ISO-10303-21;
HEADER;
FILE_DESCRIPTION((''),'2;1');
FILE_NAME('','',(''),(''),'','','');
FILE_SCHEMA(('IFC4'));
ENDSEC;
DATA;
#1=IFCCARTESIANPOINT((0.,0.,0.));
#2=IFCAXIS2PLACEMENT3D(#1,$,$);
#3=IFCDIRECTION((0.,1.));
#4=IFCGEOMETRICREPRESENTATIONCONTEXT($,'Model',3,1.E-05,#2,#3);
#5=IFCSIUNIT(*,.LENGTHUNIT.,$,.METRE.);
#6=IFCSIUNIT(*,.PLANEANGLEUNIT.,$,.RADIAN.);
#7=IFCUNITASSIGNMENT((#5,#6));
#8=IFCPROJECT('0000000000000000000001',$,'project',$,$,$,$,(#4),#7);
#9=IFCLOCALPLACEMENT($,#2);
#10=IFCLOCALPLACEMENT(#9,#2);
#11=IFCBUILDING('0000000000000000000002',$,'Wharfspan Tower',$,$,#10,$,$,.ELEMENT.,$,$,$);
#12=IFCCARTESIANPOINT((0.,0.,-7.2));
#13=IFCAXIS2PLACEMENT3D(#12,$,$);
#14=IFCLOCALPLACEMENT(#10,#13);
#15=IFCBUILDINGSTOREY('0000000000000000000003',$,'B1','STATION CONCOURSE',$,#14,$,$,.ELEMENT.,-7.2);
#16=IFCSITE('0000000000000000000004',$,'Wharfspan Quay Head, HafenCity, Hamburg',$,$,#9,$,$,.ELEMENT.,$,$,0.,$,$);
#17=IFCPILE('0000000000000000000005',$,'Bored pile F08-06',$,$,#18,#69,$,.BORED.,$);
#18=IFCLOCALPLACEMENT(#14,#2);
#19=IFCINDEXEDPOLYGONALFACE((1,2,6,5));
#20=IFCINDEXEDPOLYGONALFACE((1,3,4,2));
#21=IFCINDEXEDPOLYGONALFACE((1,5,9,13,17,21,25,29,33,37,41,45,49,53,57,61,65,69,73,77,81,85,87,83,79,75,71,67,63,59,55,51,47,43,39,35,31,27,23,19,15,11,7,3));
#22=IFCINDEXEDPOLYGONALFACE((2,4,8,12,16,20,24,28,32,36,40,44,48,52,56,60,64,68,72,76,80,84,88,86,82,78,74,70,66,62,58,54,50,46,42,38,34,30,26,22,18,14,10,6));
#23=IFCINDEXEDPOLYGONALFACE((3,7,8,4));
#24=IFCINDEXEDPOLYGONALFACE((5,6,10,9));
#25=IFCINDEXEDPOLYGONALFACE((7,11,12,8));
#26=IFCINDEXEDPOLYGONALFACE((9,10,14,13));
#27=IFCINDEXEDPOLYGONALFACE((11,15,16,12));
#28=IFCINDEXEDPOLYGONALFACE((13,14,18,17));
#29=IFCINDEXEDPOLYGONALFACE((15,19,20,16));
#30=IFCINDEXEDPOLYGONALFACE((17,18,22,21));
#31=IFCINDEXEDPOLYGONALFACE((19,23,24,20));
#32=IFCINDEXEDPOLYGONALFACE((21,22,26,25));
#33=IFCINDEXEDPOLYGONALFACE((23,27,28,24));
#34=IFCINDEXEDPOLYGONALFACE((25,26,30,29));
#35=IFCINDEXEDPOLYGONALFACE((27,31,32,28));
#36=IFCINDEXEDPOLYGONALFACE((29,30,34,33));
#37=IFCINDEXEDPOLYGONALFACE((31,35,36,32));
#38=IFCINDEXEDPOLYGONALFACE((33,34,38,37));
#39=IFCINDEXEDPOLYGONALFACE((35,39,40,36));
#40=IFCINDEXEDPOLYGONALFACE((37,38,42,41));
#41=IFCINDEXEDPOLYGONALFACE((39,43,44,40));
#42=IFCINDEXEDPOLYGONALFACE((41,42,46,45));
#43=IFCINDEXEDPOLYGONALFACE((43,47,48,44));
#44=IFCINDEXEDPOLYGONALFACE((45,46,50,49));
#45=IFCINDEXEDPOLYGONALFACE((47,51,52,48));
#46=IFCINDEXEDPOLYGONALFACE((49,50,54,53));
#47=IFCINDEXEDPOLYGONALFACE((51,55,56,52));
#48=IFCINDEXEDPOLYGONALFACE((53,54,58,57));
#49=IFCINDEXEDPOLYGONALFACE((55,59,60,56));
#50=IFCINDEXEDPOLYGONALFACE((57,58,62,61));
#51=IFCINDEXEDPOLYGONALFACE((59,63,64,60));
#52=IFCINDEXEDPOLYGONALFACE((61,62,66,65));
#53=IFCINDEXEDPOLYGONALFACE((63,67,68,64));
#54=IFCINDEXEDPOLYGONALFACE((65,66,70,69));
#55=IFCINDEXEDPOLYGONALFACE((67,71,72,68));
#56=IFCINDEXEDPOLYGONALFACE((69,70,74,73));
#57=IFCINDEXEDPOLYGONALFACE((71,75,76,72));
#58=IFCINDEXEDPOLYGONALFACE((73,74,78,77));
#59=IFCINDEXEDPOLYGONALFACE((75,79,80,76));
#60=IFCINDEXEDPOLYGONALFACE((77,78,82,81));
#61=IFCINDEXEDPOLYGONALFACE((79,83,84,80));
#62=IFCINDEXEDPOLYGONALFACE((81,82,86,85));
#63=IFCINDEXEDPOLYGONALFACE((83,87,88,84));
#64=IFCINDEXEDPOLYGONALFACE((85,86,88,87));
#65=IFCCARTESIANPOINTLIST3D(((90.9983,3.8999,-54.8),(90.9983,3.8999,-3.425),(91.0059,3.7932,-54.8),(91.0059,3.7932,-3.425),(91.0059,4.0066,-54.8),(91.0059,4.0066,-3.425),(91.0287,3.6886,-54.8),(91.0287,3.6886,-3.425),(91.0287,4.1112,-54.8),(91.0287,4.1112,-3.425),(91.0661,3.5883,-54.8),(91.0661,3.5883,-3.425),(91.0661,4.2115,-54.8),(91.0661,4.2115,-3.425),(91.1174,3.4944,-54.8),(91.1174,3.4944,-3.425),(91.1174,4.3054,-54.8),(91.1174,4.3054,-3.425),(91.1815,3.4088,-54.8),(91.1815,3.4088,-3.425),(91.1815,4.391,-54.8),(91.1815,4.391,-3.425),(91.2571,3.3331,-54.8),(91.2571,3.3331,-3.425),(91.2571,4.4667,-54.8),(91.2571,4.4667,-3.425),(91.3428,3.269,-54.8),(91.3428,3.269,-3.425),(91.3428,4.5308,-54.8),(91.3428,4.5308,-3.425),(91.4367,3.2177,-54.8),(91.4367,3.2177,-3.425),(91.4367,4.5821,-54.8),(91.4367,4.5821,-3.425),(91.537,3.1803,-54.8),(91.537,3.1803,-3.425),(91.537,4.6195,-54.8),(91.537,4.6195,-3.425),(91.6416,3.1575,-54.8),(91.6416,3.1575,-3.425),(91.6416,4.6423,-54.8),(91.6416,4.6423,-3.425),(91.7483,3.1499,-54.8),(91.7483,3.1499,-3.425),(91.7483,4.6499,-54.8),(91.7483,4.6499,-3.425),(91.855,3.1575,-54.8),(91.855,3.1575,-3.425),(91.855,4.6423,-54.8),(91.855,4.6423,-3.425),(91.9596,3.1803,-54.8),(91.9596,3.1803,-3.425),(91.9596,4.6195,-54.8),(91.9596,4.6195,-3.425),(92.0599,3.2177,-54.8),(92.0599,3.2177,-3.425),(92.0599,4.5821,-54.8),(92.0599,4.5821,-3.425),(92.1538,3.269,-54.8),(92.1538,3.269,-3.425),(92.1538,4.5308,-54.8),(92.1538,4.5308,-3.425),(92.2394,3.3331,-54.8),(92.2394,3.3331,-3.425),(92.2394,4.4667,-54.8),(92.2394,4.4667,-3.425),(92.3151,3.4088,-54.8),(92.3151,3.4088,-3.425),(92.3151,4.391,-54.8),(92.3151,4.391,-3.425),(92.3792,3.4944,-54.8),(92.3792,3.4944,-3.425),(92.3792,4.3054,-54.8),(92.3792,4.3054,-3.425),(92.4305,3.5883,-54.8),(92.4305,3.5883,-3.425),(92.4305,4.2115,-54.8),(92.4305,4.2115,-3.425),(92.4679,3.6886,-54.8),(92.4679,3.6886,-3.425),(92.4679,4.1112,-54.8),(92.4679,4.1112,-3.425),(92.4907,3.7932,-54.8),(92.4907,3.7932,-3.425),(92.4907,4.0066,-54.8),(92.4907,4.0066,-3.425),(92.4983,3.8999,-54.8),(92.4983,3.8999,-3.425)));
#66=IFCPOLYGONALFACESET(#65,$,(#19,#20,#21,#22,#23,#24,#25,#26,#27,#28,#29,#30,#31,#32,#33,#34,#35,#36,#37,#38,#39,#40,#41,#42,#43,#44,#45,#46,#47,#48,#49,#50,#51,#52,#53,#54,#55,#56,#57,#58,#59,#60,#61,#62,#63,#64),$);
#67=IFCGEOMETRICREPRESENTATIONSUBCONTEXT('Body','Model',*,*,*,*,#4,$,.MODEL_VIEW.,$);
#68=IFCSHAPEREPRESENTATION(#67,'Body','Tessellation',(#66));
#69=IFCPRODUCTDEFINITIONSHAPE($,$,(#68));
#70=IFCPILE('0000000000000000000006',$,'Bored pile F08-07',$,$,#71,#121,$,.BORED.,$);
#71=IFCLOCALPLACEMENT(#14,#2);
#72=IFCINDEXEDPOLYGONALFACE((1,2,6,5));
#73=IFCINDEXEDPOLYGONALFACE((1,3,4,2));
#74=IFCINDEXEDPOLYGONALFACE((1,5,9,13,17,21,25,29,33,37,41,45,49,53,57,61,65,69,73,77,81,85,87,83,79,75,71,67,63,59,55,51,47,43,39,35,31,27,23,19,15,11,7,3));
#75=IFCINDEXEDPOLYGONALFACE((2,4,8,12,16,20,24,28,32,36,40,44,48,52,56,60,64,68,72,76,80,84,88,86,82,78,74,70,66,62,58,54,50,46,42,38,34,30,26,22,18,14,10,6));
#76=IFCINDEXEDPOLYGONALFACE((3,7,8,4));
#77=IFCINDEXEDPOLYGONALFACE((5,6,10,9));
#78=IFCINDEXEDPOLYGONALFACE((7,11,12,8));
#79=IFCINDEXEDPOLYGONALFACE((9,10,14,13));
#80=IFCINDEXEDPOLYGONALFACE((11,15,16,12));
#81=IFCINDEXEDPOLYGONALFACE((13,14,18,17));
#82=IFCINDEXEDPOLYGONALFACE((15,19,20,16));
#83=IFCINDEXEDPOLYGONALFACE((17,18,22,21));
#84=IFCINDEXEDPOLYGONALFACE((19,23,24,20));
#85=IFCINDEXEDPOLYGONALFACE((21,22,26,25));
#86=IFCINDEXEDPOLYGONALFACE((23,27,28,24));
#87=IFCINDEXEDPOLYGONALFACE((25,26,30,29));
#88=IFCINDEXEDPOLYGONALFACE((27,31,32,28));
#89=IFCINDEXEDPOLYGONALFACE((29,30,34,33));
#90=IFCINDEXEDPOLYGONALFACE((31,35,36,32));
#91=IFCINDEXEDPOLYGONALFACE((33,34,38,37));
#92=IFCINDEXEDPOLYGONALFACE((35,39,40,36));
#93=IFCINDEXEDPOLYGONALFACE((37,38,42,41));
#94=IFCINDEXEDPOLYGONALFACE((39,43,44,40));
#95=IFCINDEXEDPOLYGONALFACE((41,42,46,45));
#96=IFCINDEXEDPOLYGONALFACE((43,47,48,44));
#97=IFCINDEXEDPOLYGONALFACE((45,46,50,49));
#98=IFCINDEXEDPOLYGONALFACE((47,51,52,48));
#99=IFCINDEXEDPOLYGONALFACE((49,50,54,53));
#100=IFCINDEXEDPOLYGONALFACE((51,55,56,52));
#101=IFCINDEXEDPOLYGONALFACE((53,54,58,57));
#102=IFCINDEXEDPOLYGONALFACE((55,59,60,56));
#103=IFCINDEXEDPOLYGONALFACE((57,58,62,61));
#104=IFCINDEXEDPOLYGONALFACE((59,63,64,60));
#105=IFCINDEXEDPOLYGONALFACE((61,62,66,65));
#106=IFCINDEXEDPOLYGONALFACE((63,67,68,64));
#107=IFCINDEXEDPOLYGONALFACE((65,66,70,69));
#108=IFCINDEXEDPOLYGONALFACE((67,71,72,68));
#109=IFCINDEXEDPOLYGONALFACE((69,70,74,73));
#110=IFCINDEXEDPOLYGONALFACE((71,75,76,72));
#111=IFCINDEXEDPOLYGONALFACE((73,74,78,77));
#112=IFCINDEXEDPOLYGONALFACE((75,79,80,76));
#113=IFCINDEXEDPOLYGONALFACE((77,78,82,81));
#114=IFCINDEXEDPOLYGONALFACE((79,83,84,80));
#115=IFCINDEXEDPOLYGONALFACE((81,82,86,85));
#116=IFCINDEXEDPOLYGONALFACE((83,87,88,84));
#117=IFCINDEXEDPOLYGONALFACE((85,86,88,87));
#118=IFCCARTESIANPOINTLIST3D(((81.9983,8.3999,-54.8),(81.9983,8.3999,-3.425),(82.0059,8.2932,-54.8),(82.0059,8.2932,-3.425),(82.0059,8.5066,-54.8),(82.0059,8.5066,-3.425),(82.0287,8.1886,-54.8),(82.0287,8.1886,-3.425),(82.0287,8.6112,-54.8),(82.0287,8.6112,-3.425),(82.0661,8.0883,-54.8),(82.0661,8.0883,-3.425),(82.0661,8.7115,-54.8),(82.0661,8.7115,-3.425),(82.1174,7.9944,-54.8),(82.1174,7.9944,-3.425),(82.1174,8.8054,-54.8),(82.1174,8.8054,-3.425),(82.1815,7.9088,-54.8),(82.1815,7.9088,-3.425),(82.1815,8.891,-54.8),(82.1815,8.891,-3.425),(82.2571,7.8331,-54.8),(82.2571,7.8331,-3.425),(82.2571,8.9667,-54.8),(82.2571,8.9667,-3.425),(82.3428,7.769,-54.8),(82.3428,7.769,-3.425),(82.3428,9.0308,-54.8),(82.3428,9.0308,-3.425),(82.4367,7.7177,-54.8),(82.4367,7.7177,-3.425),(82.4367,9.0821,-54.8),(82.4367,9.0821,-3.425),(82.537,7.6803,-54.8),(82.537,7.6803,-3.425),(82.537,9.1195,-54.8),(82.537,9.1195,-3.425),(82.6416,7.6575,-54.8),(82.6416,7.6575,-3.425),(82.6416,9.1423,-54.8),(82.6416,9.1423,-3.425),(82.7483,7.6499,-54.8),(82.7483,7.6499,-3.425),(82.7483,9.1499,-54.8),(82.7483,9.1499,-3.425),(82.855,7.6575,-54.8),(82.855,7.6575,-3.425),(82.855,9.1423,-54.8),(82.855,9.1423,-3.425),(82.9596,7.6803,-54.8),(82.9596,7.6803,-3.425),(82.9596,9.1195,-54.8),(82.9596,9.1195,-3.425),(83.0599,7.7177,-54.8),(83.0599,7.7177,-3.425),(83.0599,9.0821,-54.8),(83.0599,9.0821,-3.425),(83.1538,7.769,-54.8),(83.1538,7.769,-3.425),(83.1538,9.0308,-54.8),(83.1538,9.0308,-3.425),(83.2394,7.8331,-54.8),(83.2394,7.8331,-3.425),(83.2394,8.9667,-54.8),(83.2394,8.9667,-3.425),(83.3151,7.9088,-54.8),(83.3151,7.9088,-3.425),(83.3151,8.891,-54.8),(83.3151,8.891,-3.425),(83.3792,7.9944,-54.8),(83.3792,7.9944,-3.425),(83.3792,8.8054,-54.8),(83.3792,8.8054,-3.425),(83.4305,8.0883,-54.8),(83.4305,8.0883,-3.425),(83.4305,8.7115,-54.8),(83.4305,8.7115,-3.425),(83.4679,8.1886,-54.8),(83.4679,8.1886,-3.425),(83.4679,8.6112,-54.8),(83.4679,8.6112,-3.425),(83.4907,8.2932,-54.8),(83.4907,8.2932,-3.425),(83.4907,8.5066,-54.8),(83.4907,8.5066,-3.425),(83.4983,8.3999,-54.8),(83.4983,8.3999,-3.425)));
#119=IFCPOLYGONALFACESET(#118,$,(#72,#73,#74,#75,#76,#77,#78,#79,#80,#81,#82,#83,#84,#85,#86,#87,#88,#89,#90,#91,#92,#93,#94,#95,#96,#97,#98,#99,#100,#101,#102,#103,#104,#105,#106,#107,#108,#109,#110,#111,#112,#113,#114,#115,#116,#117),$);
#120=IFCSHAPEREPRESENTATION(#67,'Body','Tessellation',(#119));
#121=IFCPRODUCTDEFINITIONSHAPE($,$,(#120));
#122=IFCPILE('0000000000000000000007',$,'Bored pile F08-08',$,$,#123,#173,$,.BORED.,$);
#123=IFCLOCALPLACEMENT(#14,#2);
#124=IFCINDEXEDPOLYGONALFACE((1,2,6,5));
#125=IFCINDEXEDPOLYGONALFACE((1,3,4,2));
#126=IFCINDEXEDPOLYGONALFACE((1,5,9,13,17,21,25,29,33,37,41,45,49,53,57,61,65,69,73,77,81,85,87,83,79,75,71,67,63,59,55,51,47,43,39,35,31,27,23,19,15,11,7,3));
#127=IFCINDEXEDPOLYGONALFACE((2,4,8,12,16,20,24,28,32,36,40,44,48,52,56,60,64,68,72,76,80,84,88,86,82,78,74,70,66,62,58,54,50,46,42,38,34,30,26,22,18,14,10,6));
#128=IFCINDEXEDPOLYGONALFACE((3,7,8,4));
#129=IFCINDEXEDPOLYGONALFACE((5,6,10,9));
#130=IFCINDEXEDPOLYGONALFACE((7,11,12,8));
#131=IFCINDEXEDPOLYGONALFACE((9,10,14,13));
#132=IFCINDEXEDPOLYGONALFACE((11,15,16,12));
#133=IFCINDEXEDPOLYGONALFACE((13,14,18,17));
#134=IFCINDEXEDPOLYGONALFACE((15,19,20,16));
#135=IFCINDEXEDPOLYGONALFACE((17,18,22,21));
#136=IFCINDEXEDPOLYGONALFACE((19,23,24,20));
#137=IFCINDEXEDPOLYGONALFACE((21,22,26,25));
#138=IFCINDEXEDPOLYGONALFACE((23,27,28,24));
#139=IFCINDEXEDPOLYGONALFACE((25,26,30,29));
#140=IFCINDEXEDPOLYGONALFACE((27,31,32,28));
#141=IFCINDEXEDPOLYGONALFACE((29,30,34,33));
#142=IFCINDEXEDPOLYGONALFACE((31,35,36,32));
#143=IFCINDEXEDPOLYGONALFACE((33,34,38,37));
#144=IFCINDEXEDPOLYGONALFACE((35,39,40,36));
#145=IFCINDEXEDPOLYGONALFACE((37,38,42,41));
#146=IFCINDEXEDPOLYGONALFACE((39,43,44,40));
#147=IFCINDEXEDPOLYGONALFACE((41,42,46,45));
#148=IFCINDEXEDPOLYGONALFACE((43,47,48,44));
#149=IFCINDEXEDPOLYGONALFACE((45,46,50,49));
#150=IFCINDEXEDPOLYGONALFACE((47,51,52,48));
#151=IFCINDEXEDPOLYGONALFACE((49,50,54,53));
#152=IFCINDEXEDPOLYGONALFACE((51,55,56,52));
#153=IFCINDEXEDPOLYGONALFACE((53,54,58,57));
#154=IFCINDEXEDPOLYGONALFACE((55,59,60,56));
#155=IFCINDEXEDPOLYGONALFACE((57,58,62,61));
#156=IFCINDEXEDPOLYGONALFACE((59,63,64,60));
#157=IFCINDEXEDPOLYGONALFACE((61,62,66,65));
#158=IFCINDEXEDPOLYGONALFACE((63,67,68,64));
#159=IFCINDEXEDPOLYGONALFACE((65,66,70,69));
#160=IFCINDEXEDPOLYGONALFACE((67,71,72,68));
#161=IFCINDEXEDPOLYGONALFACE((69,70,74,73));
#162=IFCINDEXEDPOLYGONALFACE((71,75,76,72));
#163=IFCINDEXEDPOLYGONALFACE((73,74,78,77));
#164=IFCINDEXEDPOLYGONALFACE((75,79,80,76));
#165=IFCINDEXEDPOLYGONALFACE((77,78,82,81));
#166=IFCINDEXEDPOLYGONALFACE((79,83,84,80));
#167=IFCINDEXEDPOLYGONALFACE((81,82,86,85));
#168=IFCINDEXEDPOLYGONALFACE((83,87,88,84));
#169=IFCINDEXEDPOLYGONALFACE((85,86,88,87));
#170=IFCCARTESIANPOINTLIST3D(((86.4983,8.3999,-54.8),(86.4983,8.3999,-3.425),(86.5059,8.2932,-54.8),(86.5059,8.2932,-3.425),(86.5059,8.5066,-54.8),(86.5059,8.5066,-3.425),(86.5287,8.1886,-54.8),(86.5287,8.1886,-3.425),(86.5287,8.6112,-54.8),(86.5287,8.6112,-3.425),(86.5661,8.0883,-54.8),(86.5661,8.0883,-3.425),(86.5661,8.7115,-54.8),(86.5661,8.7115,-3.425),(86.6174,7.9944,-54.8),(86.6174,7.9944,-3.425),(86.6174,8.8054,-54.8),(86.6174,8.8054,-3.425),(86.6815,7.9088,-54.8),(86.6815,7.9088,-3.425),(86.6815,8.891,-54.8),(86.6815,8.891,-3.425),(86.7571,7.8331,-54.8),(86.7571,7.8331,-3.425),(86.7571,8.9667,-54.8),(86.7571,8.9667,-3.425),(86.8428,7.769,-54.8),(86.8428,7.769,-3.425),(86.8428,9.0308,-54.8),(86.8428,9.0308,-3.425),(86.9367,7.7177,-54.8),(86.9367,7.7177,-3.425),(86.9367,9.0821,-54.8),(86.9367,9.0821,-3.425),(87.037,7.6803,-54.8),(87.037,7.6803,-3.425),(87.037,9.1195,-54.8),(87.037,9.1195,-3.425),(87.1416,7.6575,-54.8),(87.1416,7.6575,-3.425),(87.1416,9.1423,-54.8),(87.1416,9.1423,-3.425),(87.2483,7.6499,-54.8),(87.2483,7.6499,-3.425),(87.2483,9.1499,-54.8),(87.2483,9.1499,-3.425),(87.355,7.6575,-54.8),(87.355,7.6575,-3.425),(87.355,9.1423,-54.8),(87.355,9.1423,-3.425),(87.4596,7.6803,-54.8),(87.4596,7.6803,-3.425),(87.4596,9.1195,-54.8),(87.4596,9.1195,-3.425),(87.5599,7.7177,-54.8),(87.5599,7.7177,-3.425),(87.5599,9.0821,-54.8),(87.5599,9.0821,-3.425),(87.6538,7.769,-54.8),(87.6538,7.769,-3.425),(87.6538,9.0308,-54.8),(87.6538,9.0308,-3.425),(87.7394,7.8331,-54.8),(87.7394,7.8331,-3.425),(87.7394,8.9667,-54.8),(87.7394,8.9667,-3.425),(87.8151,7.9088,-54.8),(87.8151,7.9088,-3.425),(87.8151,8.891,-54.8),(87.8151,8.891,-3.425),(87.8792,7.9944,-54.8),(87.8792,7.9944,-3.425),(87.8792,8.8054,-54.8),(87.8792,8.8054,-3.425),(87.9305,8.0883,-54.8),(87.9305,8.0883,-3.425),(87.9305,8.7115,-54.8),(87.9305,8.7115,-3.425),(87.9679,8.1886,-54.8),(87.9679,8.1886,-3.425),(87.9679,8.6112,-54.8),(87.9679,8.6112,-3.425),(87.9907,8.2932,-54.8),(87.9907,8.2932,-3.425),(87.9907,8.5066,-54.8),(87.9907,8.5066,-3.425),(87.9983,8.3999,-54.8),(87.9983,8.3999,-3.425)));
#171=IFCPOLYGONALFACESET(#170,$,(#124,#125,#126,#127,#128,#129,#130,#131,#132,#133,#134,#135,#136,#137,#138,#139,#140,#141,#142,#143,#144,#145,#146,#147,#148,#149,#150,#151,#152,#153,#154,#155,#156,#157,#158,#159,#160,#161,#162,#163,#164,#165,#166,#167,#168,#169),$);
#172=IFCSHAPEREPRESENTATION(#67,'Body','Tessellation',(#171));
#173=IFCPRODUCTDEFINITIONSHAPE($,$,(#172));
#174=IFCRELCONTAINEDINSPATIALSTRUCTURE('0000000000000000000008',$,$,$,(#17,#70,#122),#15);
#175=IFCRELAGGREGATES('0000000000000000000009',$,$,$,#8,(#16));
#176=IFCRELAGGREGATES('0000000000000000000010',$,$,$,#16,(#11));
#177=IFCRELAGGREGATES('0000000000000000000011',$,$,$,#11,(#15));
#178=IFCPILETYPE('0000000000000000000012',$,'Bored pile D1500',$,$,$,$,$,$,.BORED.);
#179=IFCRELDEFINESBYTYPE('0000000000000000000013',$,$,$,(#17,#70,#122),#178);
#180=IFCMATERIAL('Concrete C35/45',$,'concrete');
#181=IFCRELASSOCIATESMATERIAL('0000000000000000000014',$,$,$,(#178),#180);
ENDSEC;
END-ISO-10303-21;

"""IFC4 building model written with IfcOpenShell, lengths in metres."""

from ifc_helpers import new_model, si_unit, direction, frame, origin, origin_2d, place, context, subcontext, project, spatial, circle, extrude, material, material_profile, profile_set, type_object, element, save


model = new_model("IFC4")

# Units and contexts
model_context = context("Model", 3, precision=1e-05, world=origin(), true_north=direction((0.0, 1.0)))
body_context = subcontext(model_context, "Body", "Model", "MODEL_VIEW")
ifc_project = project(units=[si_unit("LENGTHUNIT", "METRE"), si_unit("PLANEANGLEUNIT", "RADIAN")], contexts=[model_context])

# Site, building, storey
site_placement = place(None, origin())
site = spatial("IfcSite", under=ifc_project, at=site_placement, Name="Wharfspan Quay Head, HafenCity, Hamburg", CompositionType="ELEMENT", RefElevation=0.0)
building_placement = place(site_placement, origin())
building = spatial("IfcBuilding", under=site, at=building_placement, Name="Wharfspan Tower", CompositionType="ELEMENT")
storey_placement = place(building_placement, frame((0.0, 0.0, -7.2)))
storey = spatial("IfcBuildingStorey", under=building, at=storey_placement, Name="B1", Description="STATION CONCOURSE", CompositionType="ELEMENT", Elevation=-7.2)

# Piles
ifc_material_1 = material(Name="Concrete C35/45", Category="concrete")
ifc_material_profile_1 = material_profile(ifc_material_1, circle(Radius=0.75, at=origin_2d()))
ifc_profile_set_1 = profile_set([ifc_material_profile_1], Name="Concrete C35/45")
pile_type = type_object("IfcPileType", Name="Bored pile D1500", PredefinedType="BORED", material=ifc_profile_set_1)
for number, where, z_axis, x_axis, name in (
    (1, (91.7483, 3.8999, -3.425), (0.0, 0.0, -1.0), (1.0, 0.0, 0.0), "Bored pile F08-06"),
    (2, (82.7483, 8.3999, -3.425), (0.0, 0.0, -1.0), (1.0, 0.0, 0.0), "Bored pile F08-07"),
    (3, (87.2483, 8.3999, -3.425), (0.0, 0.0, -1.0), (1.0, 0.0, 0.0), "Bored pile F08-08"),
):
    element("IfcPile", number, at=place(storey_placement, frame(where, z_axis=z_axis, x_axis=x_axis)), inside=storey, type_object=pile_type, Name=name, PredefinedType="BORED", context=body_context, shape_type="SweptSolid", body=[
        extrude(circle(Radius=0.75, at=origin_2d()), origin(), (0.0, 0.0, 1.0), 51.375),
    ])

save(model, "model.ifc")
